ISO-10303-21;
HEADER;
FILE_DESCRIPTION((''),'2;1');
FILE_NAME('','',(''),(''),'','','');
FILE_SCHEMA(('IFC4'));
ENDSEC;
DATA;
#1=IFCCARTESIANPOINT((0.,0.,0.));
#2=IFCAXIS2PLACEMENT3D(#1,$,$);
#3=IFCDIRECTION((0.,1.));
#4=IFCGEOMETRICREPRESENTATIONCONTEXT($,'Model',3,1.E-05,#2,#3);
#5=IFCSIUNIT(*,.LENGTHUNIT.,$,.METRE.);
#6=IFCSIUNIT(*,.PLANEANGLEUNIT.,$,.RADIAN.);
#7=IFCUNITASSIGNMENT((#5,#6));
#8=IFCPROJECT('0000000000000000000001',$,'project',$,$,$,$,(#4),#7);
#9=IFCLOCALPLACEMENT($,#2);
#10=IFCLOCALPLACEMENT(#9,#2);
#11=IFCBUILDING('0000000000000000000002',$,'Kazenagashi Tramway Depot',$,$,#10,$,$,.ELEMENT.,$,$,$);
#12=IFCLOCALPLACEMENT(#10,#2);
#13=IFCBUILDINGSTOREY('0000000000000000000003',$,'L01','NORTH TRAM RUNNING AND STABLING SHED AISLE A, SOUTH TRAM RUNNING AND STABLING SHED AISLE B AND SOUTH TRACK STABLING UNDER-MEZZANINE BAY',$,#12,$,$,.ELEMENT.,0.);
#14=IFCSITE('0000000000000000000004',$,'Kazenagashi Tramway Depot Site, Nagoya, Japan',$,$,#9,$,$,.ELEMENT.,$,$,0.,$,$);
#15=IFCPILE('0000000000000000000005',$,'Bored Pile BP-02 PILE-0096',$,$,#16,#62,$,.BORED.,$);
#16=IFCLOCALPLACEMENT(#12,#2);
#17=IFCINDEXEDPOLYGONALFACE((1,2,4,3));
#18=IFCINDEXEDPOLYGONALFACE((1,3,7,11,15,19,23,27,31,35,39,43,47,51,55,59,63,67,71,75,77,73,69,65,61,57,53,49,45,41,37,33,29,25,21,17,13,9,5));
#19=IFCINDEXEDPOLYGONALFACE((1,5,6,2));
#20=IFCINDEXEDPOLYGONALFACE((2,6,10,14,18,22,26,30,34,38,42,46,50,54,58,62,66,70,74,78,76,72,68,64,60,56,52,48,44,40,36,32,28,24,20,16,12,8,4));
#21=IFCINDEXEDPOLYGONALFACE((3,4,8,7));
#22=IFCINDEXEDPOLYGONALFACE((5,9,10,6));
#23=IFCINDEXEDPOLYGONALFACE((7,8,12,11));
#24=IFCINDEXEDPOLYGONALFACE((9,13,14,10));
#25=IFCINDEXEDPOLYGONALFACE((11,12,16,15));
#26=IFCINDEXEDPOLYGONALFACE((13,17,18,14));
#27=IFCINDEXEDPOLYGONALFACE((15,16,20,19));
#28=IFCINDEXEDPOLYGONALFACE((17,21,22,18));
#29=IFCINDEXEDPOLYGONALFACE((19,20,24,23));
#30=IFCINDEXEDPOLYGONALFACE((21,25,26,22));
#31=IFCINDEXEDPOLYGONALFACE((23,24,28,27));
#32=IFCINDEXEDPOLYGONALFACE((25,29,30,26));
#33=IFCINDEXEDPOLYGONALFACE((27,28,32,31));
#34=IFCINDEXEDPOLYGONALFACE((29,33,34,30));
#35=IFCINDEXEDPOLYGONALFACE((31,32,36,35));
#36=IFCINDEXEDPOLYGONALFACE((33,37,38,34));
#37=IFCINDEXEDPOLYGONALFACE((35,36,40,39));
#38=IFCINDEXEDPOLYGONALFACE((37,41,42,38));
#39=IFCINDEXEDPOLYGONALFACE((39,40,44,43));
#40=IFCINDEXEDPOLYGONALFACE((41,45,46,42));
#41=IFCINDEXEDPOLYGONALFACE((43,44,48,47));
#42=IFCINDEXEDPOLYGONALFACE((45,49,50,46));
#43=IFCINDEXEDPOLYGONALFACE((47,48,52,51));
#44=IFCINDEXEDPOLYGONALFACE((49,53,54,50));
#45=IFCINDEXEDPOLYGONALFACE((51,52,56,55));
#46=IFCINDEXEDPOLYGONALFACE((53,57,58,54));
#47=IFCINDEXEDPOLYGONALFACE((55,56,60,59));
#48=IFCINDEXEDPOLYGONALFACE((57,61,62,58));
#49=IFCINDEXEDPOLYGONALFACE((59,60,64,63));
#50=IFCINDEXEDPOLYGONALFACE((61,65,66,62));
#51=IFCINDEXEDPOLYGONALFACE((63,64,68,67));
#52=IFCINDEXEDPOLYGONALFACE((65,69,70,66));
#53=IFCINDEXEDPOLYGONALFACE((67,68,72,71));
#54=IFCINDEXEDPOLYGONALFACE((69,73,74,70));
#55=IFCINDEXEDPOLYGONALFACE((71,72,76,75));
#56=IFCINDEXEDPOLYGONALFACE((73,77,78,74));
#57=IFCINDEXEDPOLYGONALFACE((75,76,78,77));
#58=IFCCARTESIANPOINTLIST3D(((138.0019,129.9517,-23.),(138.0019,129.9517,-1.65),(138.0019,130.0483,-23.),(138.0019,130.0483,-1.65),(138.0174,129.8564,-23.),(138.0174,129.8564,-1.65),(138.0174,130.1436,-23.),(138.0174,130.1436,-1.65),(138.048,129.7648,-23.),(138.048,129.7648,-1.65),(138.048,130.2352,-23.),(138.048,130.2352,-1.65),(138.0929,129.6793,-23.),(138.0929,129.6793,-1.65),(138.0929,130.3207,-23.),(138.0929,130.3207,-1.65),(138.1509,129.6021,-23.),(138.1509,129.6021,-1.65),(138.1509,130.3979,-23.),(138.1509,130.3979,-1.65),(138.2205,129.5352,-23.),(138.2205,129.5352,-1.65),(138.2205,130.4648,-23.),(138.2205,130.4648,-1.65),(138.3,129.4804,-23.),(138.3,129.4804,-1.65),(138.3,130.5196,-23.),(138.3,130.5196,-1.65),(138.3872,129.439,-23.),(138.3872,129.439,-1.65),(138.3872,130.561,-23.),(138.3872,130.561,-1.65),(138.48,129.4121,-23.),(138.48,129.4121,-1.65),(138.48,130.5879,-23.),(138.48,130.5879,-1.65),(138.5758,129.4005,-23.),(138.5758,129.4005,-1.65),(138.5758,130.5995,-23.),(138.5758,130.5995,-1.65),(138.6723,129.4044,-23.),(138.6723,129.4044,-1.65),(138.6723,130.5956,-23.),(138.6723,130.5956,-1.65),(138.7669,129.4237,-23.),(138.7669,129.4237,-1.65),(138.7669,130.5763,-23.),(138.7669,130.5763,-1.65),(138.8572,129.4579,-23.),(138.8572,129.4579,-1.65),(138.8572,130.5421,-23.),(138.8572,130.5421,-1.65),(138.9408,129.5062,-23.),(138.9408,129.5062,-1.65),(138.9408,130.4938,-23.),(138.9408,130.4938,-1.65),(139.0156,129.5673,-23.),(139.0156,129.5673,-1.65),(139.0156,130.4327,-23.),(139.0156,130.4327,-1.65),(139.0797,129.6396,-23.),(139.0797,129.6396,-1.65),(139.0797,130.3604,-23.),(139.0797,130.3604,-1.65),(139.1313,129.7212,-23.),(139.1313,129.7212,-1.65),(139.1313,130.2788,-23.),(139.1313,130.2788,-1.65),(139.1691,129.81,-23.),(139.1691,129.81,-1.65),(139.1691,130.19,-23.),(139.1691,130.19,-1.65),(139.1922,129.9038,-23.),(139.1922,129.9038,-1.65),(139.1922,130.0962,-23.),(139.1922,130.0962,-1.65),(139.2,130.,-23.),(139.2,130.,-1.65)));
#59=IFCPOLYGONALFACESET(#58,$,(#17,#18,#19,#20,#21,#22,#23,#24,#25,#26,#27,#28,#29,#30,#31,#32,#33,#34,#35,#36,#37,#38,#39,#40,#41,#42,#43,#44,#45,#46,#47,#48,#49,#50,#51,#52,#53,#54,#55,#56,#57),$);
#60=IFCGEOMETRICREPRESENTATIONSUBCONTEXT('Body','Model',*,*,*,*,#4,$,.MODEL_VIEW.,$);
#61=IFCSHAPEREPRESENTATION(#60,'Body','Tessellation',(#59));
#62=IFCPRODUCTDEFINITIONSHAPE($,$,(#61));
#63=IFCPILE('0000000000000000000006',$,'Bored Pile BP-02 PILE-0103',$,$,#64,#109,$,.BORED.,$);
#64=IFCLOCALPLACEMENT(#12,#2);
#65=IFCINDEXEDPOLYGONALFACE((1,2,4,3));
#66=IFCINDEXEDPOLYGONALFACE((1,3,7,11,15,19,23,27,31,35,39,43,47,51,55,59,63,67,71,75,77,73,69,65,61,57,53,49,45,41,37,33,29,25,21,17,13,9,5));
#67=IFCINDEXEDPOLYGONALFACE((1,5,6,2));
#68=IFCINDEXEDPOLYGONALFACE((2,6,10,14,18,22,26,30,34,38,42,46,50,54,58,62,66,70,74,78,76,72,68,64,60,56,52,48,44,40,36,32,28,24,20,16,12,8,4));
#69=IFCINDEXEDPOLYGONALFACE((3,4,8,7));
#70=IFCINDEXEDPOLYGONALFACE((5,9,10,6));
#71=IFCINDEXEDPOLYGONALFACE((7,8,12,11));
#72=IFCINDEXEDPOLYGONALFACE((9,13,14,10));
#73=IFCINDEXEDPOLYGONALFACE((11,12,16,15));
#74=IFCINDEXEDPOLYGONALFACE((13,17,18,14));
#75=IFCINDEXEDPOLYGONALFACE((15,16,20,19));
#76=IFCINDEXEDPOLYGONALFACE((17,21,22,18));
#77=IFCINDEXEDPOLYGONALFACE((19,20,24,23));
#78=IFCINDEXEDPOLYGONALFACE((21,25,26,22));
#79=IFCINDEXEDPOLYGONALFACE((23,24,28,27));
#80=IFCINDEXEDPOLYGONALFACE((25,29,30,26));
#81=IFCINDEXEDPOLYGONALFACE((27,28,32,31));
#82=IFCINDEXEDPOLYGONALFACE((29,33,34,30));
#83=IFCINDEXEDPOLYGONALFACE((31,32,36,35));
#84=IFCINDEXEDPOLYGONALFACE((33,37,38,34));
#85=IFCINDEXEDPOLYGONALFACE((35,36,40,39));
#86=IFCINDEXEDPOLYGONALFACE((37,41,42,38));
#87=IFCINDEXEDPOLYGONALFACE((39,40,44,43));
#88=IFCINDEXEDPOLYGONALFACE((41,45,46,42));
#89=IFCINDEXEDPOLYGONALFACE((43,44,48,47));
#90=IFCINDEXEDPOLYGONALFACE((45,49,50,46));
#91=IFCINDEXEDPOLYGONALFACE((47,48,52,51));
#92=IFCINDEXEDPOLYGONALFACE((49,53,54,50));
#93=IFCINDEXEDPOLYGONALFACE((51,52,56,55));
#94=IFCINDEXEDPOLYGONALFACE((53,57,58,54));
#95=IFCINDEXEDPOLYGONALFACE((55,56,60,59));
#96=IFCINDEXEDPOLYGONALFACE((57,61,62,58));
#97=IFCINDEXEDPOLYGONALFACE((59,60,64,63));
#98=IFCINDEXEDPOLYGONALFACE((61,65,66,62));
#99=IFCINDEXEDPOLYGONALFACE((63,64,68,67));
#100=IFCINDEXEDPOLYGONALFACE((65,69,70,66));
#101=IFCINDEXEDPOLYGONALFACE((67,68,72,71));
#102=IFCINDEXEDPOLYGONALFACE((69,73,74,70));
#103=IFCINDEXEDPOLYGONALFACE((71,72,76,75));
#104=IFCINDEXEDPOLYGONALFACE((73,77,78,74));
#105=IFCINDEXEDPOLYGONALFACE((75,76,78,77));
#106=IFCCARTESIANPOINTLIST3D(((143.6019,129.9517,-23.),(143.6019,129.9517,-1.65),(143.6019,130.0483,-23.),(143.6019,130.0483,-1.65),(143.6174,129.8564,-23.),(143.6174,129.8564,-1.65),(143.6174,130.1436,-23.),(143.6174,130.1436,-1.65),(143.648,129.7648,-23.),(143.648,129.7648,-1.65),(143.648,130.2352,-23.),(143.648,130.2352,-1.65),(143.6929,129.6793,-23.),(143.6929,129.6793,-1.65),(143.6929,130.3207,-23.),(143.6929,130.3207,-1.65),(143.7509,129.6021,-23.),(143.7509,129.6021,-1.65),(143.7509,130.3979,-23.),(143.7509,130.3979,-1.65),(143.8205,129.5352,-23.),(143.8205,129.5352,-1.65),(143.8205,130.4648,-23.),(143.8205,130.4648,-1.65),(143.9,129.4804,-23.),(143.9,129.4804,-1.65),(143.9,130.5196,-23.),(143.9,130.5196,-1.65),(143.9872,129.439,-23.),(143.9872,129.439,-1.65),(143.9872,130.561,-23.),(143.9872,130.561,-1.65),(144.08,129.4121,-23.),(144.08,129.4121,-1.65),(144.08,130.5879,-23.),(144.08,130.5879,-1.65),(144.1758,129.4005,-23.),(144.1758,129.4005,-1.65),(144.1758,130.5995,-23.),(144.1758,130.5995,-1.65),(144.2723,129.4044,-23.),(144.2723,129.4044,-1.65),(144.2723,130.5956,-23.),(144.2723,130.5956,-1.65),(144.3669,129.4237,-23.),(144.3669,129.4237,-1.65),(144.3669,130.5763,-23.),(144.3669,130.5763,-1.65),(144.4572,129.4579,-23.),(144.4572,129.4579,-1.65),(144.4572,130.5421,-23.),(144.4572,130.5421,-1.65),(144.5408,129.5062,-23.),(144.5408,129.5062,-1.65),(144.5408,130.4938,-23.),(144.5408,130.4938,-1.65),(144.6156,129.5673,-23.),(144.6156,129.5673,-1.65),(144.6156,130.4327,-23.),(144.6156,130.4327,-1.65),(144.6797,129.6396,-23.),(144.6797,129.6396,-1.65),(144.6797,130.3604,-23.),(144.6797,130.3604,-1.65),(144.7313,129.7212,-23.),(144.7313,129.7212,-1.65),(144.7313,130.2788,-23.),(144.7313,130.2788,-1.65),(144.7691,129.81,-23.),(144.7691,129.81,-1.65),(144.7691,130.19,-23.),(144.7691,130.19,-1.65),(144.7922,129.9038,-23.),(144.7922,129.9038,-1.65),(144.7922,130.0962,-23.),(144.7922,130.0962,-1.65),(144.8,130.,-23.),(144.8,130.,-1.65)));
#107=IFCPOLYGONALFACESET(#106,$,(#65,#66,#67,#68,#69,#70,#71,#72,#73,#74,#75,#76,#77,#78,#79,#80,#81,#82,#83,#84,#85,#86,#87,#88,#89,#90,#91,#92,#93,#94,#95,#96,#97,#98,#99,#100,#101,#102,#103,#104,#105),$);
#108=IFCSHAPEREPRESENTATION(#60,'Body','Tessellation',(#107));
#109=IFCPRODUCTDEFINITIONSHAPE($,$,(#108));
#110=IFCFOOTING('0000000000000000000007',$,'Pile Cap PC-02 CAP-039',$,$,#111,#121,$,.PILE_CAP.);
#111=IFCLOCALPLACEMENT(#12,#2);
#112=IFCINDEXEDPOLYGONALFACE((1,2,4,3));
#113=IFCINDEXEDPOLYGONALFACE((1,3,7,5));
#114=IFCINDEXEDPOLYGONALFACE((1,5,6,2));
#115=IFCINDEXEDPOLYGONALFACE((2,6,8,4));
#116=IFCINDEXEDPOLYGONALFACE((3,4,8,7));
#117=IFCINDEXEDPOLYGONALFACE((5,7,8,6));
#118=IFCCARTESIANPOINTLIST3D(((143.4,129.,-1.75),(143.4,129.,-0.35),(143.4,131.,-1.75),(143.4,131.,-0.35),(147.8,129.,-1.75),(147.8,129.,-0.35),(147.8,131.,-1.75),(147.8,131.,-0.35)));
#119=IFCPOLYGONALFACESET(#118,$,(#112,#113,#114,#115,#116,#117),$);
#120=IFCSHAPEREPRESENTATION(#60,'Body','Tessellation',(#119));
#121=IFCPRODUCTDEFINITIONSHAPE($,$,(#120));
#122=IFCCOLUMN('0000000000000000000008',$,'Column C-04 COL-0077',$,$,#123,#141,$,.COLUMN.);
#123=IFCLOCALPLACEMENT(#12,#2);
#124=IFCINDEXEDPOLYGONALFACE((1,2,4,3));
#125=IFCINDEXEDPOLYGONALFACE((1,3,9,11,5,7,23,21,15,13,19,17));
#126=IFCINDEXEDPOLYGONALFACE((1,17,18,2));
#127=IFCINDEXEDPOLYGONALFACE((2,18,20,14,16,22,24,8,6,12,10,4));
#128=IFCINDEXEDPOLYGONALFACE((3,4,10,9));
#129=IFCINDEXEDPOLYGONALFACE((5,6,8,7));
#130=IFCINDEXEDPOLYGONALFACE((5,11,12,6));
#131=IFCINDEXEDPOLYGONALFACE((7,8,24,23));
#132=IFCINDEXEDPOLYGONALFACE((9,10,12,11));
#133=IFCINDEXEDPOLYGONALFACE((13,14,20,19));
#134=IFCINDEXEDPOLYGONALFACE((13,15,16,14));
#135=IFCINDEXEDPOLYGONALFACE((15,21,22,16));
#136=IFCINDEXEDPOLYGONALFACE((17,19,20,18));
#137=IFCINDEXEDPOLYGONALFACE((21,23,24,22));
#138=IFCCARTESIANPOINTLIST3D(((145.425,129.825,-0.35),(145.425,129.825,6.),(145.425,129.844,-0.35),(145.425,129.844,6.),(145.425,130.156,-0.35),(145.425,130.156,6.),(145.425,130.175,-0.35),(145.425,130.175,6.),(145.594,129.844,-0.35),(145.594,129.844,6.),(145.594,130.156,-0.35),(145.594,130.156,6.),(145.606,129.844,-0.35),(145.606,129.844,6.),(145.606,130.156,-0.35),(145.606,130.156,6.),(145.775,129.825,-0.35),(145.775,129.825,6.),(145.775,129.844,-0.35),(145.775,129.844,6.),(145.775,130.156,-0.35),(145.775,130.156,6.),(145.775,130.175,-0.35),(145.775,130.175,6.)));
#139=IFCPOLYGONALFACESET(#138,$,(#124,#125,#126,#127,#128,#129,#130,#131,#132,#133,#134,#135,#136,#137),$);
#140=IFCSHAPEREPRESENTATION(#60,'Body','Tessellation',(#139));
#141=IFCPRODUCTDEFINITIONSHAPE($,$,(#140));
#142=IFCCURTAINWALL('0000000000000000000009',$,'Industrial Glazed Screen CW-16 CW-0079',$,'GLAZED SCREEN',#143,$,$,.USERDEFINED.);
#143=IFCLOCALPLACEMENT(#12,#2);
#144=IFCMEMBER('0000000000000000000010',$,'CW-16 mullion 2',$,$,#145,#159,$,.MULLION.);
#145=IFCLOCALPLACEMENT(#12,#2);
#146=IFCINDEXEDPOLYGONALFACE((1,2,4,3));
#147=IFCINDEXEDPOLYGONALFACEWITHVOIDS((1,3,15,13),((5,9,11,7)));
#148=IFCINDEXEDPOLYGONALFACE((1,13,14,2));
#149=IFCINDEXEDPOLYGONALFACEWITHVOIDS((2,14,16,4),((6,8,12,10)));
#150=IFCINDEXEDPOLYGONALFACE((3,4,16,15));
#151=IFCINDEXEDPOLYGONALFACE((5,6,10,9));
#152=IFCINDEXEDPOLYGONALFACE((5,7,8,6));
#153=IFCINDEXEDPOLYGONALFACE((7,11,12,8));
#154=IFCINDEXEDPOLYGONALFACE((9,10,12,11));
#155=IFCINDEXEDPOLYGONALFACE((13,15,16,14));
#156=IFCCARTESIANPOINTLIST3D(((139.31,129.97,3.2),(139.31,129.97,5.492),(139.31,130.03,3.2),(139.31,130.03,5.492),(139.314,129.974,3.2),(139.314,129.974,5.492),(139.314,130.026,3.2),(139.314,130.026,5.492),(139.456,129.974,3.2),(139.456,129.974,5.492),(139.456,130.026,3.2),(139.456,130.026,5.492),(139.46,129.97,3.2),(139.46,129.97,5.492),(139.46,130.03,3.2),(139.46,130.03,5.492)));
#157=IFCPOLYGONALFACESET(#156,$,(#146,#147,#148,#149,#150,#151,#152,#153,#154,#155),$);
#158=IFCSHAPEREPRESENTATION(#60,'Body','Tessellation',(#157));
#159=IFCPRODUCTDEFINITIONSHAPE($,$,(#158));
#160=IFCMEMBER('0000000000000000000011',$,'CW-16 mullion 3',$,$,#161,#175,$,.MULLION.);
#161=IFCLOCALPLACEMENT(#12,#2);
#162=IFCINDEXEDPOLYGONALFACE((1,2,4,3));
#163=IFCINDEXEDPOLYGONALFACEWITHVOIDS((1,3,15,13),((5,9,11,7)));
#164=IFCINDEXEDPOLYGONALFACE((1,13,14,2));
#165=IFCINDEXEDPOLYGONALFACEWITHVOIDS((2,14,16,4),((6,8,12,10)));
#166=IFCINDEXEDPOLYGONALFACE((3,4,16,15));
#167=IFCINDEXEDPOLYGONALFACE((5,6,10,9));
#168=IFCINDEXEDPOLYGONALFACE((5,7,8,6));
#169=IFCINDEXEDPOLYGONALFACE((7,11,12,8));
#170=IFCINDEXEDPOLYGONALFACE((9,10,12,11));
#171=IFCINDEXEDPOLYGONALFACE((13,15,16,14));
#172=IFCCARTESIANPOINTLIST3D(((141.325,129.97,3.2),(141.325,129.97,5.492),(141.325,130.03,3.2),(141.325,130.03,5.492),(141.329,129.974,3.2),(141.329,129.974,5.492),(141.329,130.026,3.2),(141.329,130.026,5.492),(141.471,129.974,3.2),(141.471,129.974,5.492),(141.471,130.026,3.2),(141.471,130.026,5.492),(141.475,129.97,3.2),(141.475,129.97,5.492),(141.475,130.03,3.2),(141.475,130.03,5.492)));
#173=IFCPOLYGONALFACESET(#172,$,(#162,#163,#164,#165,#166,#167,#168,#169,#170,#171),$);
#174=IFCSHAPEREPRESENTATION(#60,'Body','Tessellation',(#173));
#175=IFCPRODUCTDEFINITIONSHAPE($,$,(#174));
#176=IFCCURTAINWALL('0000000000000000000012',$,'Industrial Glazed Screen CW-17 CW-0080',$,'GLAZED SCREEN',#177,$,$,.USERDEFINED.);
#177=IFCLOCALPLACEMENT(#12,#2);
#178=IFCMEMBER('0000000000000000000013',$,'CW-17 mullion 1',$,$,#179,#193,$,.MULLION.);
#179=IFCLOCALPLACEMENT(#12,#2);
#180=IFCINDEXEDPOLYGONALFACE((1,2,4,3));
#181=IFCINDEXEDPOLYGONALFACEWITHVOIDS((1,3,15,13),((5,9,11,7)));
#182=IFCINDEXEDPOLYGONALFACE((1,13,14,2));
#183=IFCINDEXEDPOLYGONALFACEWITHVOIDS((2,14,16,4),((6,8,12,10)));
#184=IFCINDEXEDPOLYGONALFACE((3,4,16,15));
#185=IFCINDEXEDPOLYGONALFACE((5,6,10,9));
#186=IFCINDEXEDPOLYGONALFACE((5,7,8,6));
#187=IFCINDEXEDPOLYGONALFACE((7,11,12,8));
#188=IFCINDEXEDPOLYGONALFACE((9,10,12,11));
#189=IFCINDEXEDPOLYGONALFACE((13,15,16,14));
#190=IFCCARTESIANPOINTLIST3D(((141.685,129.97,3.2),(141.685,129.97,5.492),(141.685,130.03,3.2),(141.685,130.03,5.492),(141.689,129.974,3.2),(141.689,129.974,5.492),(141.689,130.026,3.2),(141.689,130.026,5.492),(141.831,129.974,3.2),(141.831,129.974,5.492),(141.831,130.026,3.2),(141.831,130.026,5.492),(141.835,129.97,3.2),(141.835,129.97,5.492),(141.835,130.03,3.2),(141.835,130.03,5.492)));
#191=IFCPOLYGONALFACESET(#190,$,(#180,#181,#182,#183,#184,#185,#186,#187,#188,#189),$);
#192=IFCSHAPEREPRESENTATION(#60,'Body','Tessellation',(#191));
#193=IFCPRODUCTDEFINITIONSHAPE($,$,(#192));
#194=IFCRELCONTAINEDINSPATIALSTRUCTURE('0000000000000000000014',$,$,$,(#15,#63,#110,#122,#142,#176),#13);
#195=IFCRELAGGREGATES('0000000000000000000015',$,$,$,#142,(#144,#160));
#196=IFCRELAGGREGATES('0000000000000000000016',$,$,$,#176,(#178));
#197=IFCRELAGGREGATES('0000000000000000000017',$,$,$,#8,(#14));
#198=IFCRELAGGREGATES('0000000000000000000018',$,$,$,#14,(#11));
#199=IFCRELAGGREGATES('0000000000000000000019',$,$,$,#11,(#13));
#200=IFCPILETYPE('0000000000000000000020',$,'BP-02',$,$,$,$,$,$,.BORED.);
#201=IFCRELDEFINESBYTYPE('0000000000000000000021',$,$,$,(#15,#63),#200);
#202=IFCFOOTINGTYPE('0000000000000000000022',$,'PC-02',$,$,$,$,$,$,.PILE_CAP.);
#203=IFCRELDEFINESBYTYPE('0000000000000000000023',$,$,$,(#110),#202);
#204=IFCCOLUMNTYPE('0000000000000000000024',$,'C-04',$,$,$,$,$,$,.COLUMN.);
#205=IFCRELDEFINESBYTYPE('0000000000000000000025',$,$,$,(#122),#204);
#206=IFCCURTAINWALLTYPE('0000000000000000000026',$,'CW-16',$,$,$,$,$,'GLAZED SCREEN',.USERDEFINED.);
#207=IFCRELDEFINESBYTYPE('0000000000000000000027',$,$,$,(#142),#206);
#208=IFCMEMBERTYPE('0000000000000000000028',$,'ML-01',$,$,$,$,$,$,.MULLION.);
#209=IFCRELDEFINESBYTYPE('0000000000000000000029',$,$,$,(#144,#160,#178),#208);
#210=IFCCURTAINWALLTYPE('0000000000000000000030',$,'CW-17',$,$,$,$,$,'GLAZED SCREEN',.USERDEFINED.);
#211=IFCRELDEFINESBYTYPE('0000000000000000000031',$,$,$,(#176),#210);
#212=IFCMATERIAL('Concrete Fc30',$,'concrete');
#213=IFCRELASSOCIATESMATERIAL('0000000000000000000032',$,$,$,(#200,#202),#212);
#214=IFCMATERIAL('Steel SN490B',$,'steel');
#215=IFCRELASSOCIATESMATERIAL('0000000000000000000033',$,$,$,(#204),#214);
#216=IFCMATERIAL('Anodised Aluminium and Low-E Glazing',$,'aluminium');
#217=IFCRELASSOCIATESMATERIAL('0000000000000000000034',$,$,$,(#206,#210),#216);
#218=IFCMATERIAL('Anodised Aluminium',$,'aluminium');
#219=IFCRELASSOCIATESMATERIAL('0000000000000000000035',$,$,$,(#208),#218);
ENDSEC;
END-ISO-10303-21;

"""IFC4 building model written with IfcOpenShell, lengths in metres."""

from ifc_helpers import new_model, si_unit, direction, frame, origin, origin_2d, place, context, subcontext, project, spatial, rectangle, hollow_rectangle, circle, i_section, extrude, material, material_profile, profile_set, type_object, element, aggregate, save


model = new_model("IFC4")

# Units and contexts
model_context = context("Model", 3, precision=1e-05, world=origin(), true_north=direction((0.0, 1.0)))
body_context = subcontext(model_context, "Body", "Model", "MODEL_VIEW")
ifc_project = project(units=[si_unit("LENGTHUNIT", "METRE"), si_unit("PLANEANGLEUNIT", "RADIAN")], contexts=[model_context])

# Site, building, storey
site_placement = place(None, origin())
site = spatial("IfcSite", under=ifc_project, at=site_placement, Name="Kazenagashi Tramway Depot Site, Nagoya, Japan", CompositionType="ELEMENT", RefElevation=0.0)
building_placement = place(site_placement, origin())
building = spatial("IfcBuilding", under=site, at=building_placement, Name="Kazenagashi Tramway Depot", CompositionType="ELEMENT")
storey_placement = place(building_placement, origin())
storey = spatial("IfcBuildingStorey", under=building, at=storey_placement, Name="L01", Description="NORTH TRAM RUNNING AND STABLING SHED AISLE A, SOUTH TRAM RUNNING AND STABLING SHED AISLE B AND SOUTH TRACK STABLING UNDER-MEZZANINE BAY", CompositionType="ELEMENT", Elevation=0.0)

# Piles
ifc_material_1 = material(Name="Concrete Fc30", Category="concrete")
ifc_material_profile_1 = material_profile(ifc_material_1, circle(Radius=0.6, at=origin_2d()), Name="PILE-1200")
ifc_profile_set_1 = profile_set([ifc_material_profile_1], Name="Concrete Fc30")
pile_type = type_object("IfcPileType", Name="BP-02", PredefinedType="BORED", material=ifc_profile_set_1)
for number, where, z_axis, x_axis, name in (
    (1, (138.6, 130.0, -1.65), (0.0, 0.0, -1.0), (1.0, 0.0, 0.0), "Bored Pile BP-02 PILE-0096"),
    (2, (144.2, 130.0, -1.65), (0.0, 0.0, -1.0), (1.0, 0.0, 0.0), "Bored Pile BP-02 PILE-0103"),
):
    element("IfcPile", number, at=place(storey_placement, frame(where, z_axis=z_axis, x_axis=x_axis)), inside=storey, type_object=pile_type, Name=name, PredefinedType="BORED", context=body_context, shape_type="SweptSolid", body=[
        extrude(circle(Radius=0.6, at=origin_2d()), origin(), (0.0, 0.0, 1.0), 21.35),
    ])

# Footing
footing_type = type_object("IfcFootingType", Name="PC-02", PredefinedType="PILE_CAP", material=ifc_material_1)
footing_placement = place(storey_placement, frame((145.6, 130.0, -1.75), z_axis=(0.0, 0.0, 1.0), x_axis=(1.0, 0.0, 0.0)))
element("IfcFooting", 3, at=footing_placement, inside=storey, type_object=footing_type, Name="Pile Cap PC-02 CAP-039", PredefinedType="PILE_CAP", context=body_context, shape_type="SweptSolid", body=[
    extrude(rectangle(XDim=4.4, YDim=2.0, at=origin_2d()), origin(), (0.0, 0.0, 1.0), 1.4),
])

# Column
ifc_material_2 = material(Name="Steel SN490B", Category="steel")
ifc_material_profile_2 = material_profile(ifc_material_2, i_section(OverallWidth=0.35, OverallDepth=0.35, WebThickness=0.012, FlangeThickness=0.019, at=origin_2d()), Name="H-350x350x12x19")
ifc_profile_set_2 = profile_set([ifc_material_profile_2], Name="Steel SN490B")
column_type = type_object("IfcColumnType", Name="C-04", PredefinedType="COLUMN", material=ifc_profile_set_2)
column_placement = place(storey_placement, frame((145.6, 130.0, -0.35), z_axis=(0.0, 0.0, 1.0), x_axis=(1.0, 0.0, 0.0)))
element("IfcColumn", 4, at=column_placement, inside=storey, type_object=column_type, Name="Column C-04 COL-0077", PredefinedType="COLUMN", context=body_context, shape_type="SweptSolid", body=[
    extrude(i_section(OverallWidth=0.35, OverallDepth=0.35, WebThickness=0.012, FlangeThickness=0.019, at=origin_2d()), origin(), (0.0, 0.0, 1.0), 6.35),
])

# Curtain walls, members
ifc_material_3 = material(Name="Anodised Aluminium and Low-E Glazing", Category="aluminium")
curtain_wall_type_1 = type_object("IfcCurtainWallType", Name="CW-16", ElementType="GLAZED SCREEN", PredefinedType="USERDEFINED", material=ifc_material_3)
curtain_wall_1_placement = place(storey_placement, origin())
curtain_wall_1 = element("IfcCurtainWall", 5, at=curtain_wall_1_placement, inside=storey, type_object=curtain_wall_type_1, Name="Industrial Glazed Screen CW-16 CW-0079", ObjectType="GLAZED SCREEN", PredefinedType="USERDEFINED")
ifc_material_4 = material(Name="Anodised Aluminium", Category="aluminium")
ifc_material_profile_3 = material_profile(ifc_material_4, hollow_rectangle(XDim=0.06, YDim=0.15, WallThickness=0.004, at=origin_2d()), Name="RHS-150x60x4")
ifc_profile_set_3 = profile_set([ifc_material_profile_3], Name="Anodised Aluminium")
member_type_1 = type_object("IfcMemberType", Name="ML-01", PredefinedType="MULLION", material=ifc_profile_set_3)
member_1_placement = place(storey_placement, frame((139.385, 130.0, 3.2), z_axis=(0.0, 0.0, 1.0), x_axis=(0.0, 1.0, 0.0)))
member_1 = element("IfcMember", 6, at=member_1_placement, type_object=member_type_1, Name="CW-16 mullion 2", PredefinedType="MULLION", context=body_context, shape_type="SweptSolid", body=[
    extrude(hollow_rectangle(XDim=0.06, YDim=0.15, WallThickness=0.004, at=origin_2d()), origin(), (0.0, 0.0, 1.0), 2.292),
])
member_2_placement = place(storey_placement, frame((141.4, 130.0, 3.2), z_axis=(0.0, 0.0, 1.0), x_axis=(0.0, 1.0, 0.0)))
member_2 = element("IfcMember", 7, at=member_2_placement, type_object=member_type_1, Name="CW-16 mullion 3", PredefinedType="MULLION", context=body_context, shape_type="SweptSolid", body=[
    extrude(hollow_rectangle(XDim=0.06, YDim=0.15, WallThickness=0.004, at=origin_2d()), origin(), (0.0, 0.0, 1.0), 2.292),
])
curtain_wall_type_2 = type_object("IfcCurtainWallType", Name="CW-17", ElementType="GLAZED SCREEN", PredefinedType="USERDEFINED", material=ifc_material_3)
curtain_wall_2_placement = place(storey_placement, origin())
curtain_wall_2 = element("IfcCurtainWall", 8, at=curtain_wall_2_placement, inside=storey, type_object=curtain_wall_type_2, Name="Industrial Glazed Screen CW-17 CW-0080", ObjectType="GLAZED SCREEN", PredefinedType="USERDEFINED")
member_3_placement = place(storey_placement, frame((141.76, 130.0, 3.2), z_axis=(0.0, 0.0, 1.0), x_axis=(0.0, 1.0, 0.0)))
member_3 = element("IfcMember", 9, at=member_3_placement, type_object=member_type_1, Name="CW-17 mullion 1", PredefinedType="MULLION", context=body_context, shape_type="SweptSolid", body=[
    extrude(hollow_rectangle(XDim=0.06, YDim=0.15, WallThickness=0.004, at=origin_2d()), origin(), (0.0, 0.0, 1.0), 2.292),
])

aggregate(curtain_wall_1, [member_1, member_2])
aggregate(curtain_wall_2, [member_3])

save(model, "model.ifc")
